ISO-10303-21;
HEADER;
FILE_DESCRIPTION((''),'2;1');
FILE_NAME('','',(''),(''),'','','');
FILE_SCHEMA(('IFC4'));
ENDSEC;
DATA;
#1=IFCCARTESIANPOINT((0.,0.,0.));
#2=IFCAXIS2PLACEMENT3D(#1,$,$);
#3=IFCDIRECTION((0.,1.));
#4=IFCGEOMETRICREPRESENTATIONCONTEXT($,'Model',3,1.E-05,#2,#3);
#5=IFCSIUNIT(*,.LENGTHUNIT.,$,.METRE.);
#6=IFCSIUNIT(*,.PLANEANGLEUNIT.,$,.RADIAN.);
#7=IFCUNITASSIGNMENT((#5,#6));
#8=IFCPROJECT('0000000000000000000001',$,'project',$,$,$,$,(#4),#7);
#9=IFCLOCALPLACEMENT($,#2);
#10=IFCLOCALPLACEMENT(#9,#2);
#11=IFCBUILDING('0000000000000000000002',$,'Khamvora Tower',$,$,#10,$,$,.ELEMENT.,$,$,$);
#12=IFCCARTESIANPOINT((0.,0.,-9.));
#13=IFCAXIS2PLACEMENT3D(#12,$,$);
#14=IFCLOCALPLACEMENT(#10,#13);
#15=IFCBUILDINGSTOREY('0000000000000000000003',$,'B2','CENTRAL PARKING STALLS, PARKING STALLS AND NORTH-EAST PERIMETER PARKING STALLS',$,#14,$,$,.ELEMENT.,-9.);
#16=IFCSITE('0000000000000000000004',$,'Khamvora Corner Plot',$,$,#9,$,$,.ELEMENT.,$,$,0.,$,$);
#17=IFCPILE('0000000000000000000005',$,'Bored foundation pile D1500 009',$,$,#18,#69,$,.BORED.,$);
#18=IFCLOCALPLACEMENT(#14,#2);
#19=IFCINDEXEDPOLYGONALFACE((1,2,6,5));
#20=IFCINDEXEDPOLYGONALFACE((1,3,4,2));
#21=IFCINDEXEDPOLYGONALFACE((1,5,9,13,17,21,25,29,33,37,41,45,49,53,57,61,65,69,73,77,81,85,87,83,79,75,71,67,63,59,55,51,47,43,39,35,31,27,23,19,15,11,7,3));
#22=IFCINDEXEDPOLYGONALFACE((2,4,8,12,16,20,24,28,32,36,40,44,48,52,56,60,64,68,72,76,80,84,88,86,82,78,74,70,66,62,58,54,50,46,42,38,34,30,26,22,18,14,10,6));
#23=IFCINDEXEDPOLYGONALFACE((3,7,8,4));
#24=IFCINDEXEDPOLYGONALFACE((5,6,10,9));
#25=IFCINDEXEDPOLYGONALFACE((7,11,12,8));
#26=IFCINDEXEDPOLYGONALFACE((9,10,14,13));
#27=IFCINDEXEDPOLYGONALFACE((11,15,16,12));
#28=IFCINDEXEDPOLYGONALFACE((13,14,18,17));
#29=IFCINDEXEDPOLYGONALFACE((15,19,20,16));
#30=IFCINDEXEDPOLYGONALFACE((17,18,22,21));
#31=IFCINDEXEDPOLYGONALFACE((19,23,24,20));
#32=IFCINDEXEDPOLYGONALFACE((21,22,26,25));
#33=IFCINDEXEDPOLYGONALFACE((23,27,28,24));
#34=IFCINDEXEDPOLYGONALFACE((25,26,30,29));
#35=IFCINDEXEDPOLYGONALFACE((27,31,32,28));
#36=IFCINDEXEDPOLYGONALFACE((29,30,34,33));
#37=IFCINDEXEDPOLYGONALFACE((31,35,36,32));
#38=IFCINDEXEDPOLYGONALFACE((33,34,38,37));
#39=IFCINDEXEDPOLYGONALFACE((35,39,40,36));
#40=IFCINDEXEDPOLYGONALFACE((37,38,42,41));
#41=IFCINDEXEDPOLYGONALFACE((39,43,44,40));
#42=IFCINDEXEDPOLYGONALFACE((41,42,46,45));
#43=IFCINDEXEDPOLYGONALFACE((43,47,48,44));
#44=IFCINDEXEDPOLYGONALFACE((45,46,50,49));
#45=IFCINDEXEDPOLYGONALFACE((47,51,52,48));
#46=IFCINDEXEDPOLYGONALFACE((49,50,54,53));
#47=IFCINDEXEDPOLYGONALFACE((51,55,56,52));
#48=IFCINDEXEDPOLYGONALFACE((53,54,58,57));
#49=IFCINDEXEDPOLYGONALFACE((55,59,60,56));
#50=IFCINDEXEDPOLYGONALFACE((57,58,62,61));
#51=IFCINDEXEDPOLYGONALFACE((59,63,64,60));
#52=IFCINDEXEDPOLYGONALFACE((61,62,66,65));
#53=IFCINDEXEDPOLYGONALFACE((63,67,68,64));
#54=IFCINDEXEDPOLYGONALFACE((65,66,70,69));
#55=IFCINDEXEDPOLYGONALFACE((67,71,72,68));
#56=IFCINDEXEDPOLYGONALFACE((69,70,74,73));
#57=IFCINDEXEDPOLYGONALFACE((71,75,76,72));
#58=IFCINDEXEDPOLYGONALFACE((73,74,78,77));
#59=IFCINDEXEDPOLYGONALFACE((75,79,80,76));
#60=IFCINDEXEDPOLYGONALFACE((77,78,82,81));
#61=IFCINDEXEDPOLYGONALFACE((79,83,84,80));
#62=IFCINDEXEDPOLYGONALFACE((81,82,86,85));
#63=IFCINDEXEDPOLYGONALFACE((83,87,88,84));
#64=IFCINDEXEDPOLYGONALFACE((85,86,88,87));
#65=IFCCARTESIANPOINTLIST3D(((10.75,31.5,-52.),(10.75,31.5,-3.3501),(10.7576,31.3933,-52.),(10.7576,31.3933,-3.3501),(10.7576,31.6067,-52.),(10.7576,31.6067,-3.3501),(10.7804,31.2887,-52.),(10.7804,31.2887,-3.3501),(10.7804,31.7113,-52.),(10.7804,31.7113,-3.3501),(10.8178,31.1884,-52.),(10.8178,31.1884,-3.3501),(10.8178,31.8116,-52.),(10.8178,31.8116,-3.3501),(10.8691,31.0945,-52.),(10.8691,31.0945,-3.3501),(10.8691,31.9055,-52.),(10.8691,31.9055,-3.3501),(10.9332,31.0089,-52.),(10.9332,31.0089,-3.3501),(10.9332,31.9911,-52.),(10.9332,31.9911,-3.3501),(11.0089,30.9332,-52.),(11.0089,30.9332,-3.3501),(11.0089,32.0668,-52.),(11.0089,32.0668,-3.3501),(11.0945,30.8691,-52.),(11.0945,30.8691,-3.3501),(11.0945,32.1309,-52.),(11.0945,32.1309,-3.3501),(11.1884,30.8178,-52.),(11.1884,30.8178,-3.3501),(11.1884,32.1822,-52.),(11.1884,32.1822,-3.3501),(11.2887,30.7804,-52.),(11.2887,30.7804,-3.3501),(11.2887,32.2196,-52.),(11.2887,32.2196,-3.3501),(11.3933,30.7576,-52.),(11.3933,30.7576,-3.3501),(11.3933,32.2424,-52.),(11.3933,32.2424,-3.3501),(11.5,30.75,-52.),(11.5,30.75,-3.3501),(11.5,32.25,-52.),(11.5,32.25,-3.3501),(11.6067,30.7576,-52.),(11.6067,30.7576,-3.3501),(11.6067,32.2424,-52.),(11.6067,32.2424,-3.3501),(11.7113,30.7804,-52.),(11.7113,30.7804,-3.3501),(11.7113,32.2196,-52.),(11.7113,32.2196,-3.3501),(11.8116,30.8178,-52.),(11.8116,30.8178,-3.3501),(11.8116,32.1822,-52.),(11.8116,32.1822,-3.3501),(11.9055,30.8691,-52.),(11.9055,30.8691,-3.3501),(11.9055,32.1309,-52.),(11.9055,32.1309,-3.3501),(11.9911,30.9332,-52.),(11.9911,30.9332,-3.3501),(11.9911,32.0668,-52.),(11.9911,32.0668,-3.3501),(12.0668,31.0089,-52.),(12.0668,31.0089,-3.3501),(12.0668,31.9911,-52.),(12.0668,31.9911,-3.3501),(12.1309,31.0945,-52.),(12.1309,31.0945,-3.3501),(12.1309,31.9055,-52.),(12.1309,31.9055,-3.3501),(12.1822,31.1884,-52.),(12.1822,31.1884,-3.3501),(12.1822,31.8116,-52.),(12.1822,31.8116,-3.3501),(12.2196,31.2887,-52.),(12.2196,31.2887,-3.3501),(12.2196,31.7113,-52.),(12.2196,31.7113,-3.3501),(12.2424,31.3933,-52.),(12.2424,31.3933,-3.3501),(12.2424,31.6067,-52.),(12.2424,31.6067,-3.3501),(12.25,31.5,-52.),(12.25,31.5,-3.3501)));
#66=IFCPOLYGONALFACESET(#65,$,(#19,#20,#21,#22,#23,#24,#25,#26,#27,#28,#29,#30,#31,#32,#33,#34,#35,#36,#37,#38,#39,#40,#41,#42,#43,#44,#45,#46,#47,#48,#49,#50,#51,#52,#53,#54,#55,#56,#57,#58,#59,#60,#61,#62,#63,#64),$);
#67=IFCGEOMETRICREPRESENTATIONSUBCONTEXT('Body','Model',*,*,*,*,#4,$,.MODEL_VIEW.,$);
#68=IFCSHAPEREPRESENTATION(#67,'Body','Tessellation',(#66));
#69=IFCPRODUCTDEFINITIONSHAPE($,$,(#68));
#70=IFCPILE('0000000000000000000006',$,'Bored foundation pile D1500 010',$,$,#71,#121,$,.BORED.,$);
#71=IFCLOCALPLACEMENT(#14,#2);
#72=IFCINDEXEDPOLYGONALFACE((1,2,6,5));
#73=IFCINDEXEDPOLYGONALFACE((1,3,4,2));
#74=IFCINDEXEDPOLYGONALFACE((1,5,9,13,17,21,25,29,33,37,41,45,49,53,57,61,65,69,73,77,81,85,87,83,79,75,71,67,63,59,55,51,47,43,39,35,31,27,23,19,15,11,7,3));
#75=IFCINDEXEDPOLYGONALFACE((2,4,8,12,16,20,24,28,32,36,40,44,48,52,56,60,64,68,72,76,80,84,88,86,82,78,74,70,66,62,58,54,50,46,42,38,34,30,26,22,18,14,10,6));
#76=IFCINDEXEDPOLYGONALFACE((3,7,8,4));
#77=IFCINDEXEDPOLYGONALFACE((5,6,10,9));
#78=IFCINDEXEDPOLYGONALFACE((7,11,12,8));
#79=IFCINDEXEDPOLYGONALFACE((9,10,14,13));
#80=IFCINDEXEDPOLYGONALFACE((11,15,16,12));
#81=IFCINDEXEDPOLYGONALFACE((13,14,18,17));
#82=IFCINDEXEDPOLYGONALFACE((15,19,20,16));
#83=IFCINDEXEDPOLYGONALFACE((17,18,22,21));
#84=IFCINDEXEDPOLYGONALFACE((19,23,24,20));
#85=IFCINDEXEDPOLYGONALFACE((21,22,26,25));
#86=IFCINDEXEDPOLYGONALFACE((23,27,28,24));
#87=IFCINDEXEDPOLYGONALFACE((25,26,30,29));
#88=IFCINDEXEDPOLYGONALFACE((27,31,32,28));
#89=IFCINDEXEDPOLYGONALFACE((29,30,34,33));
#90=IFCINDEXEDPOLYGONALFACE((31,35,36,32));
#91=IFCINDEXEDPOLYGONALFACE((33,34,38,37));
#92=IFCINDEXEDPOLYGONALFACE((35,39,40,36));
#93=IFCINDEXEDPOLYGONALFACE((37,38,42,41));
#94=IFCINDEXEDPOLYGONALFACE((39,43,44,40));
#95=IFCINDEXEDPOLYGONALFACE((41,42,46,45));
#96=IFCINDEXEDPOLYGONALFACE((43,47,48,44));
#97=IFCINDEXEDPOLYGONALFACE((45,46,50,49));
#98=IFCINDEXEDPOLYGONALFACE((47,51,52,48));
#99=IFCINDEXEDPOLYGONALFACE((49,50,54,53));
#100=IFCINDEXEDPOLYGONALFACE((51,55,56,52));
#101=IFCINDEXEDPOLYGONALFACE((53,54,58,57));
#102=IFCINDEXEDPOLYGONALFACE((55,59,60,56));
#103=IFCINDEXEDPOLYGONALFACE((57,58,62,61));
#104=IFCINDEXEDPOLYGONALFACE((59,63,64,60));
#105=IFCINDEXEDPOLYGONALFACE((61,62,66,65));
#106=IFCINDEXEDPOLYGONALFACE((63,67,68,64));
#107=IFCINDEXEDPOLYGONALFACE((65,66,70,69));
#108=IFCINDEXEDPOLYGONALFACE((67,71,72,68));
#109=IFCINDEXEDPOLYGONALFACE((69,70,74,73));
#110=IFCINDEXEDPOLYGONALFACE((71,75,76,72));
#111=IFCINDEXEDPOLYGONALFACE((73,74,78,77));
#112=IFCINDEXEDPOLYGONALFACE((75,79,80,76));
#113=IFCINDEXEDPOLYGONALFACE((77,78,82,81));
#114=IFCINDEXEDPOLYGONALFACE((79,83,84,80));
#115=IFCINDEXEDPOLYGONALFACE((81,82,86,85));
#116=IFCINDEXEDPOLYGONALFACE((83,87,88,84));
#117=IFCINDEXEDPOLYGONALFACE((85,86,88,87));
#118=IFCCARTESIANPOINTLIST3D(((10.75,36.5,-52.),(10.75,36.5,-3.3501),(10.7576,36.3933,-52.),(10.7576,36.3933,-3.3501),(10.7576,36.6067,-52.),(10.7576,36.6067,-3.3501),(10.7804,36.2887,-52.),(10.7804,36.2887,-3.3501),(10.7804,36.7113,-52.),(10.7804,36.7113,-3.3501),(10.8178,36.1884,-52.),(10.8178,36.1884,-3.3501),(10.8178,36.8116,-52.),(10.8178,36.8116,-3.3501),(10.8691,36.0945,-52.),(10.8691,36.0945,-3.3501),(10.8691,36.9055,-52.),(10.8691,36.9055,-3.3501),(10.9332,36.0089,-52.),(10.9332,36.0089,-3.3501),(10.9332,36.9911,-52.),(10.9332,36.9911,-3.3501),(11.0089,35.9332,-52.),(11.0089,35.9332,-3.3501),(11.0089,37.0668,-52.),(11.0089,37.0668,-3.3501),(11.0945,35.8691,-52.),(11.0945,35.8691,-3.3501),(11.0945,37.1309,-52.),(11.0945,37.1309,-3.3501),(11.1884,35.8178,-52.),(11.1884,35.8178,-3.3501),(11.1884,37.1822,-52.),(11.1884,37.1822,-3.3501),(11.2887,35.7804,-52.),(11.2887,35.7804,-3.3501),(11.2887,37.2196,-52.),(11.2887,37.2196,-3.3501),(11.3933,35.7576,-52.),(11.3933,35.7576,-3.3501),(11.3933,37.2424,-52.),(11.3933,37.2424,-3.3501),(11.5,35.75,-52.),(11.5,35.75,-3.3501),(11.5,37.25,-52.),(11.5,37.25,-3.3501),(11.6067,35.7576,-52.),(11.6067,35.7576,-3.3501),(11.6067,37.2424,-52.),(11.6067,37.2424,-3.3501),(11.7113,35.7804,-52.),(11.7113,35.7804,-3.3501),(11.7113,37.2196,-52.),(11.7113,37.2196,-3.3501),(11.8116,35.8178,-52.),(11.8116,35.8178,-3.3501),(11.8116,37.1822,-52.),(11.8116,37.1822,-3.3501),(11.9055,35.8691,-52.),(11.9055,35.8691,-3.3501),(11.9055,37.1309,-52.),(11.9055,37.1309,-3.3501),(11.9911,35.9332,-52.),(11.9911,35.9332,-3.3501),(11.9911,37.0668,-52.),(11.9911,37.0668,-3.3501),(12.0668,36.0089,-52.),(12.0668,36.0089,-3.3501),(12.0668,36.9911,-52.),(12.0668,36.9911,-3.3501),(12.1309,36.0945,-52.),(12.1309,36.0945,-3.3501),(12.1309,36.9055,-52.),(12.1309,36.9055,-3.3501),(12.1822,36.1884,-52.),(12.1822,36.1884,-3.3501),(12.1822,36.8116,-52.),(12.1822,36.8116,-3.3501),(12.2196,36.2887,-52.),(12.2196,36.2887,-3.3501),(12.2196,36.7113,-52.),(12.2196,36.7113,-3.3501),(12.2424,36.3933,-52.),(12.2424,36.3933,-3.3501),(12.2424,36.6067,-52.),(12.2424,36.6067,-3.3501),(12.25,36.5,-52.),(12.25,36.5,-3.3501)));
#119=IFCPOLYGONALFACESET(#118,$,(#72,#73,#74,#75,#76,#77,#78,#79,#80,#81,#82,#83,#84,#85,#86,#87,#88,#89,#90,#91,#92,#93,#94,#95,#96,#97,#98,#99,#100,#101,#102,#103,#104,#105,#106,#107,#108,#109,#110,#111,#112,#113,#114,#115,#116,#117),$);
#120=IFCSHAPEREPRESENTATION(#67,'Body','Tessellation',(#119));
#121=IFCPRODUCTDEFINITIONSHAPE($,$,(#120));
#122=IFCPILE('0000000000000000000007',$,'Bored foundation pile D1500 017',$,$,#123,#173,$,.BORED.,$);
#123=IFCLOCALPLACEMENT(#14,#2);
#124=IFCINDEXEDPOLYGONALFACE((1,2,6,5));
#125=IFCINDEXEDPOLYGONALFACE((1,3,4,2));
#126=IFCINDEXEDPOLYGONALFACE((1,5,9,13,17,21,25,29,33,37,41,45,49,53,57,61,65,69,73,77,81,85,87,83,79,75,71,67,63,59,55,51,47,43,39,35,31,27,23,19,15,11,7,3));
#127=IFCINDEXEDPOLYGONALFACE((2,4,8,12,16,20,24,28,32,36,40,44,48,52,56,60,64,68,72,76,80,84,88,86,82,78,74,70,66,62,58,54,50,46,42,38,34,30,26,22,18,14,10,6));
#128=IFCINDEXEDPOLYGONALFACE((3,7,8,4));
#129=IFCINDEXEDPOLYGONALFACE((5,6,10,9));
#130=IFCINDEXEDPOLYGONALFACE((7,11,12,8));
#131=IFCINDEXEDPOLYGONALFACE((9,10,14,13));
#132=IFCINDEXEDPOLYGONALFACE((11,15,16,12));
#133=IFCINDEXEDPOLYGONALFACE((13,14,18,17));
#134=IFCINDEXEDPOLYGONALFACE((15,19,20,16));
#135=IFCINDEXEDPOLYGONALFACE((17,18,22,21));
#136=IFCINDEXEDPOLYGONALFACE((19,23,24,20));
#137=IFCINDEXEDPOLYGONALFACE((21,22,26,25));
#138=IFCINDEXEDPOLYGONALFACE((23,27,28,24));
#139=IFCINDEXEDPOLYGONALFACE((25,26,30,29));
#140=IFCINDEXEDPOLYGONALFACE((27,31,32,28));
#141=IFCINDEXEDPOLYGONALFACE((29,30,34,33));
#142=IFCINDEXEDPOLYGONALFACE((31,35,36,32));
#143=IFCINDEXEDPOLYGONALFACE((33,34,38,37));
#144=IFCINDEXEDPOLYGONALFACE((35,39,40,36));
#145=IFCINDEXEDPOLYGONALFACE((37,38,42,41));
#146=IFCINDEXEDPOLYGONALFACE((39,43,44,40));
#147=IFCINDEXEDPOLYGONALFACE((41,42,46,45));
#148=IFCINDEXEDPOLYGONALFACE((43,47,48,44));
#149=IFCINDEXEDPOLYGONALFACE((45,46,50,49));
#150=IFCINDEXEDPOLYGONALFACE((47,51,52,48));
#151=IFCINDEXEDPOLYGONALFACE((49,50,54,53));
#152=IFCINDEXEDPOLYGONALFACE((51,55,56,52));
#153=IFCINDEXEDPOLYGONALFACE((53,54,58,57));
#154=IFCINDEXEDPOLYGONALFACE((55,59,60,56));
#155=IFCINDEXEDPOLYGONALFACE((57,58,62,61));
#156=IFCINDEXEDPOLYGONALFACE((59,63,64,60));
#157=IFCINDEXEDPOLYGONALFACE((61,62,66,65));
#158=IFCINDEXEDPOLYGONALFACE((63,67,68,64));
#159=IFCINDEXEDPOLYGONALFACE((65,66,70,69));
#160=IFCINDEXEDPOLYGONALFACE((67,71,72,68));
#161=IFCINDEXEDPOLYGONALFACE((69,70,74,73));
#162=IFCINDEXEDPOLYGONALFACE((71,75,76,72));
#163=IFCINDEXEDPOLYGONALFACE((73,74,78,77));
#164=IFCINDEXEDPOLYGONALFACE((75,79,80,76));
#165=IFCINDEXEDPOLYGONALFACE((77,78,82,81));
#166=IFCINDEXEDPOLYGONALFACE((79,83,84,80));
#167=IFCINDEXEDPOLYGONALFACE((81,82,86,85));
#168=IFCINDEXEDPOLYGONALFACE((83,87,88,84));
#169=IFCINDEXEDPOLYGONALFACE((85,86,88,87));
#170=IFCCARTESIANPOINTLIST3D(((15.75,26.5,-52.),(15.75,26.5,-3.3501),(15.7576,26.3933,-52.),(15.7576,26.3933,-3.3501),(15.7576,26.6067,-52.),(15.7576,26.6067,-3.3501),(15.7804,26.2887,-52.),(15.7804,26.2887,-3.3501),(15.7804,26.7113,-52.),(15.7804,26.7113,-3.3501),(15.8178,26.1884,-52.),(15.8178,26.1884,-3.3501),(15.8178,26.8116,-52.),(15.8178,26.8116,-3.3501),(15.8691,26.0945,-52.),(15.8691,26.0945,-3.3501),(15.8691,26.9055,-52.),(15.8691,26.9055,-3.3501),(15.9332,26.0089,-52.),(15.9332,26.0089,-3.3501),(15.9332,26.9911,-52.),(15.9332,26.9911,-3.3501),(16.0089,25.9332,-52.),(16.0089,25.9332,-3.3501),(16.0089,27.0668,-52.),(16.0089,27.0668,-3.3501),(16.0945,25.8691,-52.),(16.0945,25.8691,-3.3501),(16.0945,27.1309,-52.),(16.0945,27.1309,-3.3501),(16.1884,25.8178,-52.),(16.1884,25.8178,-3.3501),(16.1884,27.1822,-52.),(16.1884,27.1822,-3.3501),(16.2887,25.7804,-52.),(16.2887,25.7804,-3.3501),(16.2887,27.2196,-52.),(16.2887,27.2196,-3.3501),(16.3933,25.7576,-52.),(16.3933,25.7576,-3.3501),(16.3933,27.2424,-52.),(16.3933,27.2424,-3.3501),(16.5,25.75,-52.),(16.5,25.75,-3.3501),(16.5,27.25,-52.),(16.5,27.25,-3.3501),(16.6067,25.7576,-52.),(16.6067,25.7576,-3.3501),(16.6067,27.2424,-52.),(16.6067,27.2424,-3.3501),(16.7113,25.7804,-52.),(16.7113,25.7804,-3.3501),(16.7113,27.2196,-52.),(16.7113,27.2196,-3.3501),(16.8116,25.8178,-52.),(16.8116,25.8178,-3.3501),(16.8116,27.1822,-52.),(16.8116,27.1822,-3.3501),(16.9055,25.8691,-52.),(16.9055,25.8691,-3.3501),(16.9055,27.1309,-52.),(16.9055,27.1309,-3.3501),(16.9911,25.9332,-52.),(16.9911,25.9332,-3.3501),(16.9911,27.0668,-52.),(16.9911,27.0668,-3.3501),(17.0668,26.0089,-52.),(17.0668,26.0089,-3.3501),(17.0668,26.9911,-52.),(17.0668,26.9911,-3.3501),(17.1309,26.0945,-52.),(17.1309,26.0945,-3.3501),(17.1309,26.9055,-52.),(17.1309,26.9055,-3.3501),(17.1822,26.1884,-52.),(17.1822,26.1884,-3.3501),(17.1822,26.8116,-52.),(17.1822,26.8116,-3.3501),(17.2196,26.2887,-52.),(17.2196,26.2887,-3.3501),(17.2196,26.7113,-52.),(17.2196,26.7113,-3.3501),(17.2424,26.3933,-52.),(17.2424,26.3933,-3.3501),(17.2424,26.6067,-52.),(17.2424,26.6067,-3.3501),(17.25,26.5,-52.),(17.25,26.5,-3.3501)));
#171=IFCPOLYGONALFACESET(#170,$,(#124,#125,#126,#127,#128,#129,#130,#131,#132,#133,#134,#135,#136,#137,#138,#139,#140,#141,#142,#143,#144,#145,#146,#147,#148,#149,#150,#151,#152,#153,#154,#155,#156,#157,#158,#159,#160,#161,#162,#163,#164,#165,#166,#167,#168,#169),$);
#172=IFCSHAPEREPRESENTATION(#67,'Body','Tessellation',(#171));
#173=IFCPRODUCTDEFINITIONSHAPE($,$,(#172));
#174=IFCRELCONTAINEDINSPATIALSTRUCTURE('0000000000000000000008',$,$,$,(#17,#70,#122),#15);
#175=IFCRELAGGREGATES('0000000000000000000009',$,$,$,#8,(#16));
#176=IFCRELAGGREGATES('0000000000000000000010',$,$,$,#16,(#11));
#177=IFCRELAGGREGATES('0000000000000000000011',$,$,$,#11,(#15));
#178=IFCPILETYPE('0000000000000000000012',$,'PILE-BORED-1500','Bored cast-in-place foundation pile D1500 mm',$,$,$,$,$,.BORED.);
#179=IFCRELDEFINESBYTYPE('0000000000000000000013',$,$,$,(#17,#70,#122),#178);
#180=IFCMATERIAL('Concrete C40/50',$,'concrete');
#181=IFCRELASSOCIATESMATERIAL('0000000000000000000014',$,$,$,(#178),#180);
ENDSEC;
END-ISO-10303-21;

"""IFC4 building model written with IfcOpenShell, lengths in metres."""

from ifc_helpers import new_model, si_unit, direction, frame, origin, origin_2d, place, context, subcontext, project, spatial, circle, extrude, material, material_profile, profile_set, type_object, element, save


model = new_model("IFC4")

# Units and contexts
model_context = context("Model", 3, precision=1e-05, world=origin(), true_north=direction((0.0, 1.0)))
body_context = subcontext(model_context, "Body", "Model", "MODEL_VIEW")
ifc_project = project(units=[si_unit("LENGTHUNIT", "METRE"), si_unit("PLANEANGLEUNIT", "RADIAN")], contexts=[model_context])

# Site, building, storey
site_placement = place(None, origin())
site = spatial("IfcSite", under=ifc_project, at=site_placement, Name="Khamvora Corner Plot", CompositionType="ELEMENT", RefElevation=0.0)
building_placement = place(site_placement, origin())
building = spatial("IfcBuilding", under=site, at=building_placement, Name="Khamvora Tower", CompositionType="ELEMENT")
storey_placement = place(building_placement, frame((0.0, 0.0, -9.0)))
storey = spatial("IfcBuildingStorey", under=building, at=storey_placement, Name="B2", Description="CENTRAL PARKING STALLS, PARKING STALLS AND NORTH-EAST PERIMETER PARKING STALLS", CompositionType="ELEMENT", Elevation=-9.0)

# Piles
ifc_material_1 = material(Name="Concrete C40/50", Category="concrete")
ifc_material_profile_1 = material_profile(ifc_material_1, circle(Radius=0.75, at=origin_2d()), Name="PILE_D1500")
ifc_profile_set_1 = profile_set([ifc_material_profile_1], Name="Concrete C40/50")
pile_type_1 = type_object("IfcPileType", Name="PILE-BORED-1500", Description="Bored cast-in-place foundation pile D1500 mm", PredefinedType="BORED", material=ifc_profile_set_1)
for number, where, z_axis, x_axis, name in (
    (1, (11.5, 31.5, -3.3501), (0.0, 0.0, -1.0), (1.0, 0.0, 0.0), "Bored foundation pile D1500 009"),
    (2, (11.5, 36.5, -3.3501), (0.0, 0.0, -1.0), (1.0, 0.0, 0.0), "Bored foundation pile D1500 010"),
    (3, (16.5, 26.5, -3.3501), (0.0, 0.0, -1.0), (1.0, 0.0, 0.0), "Bored foundation pile D1500 017"),
):
    element("IfcPile", number, at=place(storey_placement, frame(where, z_axis=z_axis, x_axis=x_axis)), inside=storey, type_object=pile_type_1, Name=name, PredefinedType="BORED", context=body_context, shape_type="SweptSolid", body=[
        extrude(circle(Radius=0.75, at=origin_2d()), origin(), (0.0, 0.0, 1.0), 48.6499),
    ])

save(model, "model.ifc")
